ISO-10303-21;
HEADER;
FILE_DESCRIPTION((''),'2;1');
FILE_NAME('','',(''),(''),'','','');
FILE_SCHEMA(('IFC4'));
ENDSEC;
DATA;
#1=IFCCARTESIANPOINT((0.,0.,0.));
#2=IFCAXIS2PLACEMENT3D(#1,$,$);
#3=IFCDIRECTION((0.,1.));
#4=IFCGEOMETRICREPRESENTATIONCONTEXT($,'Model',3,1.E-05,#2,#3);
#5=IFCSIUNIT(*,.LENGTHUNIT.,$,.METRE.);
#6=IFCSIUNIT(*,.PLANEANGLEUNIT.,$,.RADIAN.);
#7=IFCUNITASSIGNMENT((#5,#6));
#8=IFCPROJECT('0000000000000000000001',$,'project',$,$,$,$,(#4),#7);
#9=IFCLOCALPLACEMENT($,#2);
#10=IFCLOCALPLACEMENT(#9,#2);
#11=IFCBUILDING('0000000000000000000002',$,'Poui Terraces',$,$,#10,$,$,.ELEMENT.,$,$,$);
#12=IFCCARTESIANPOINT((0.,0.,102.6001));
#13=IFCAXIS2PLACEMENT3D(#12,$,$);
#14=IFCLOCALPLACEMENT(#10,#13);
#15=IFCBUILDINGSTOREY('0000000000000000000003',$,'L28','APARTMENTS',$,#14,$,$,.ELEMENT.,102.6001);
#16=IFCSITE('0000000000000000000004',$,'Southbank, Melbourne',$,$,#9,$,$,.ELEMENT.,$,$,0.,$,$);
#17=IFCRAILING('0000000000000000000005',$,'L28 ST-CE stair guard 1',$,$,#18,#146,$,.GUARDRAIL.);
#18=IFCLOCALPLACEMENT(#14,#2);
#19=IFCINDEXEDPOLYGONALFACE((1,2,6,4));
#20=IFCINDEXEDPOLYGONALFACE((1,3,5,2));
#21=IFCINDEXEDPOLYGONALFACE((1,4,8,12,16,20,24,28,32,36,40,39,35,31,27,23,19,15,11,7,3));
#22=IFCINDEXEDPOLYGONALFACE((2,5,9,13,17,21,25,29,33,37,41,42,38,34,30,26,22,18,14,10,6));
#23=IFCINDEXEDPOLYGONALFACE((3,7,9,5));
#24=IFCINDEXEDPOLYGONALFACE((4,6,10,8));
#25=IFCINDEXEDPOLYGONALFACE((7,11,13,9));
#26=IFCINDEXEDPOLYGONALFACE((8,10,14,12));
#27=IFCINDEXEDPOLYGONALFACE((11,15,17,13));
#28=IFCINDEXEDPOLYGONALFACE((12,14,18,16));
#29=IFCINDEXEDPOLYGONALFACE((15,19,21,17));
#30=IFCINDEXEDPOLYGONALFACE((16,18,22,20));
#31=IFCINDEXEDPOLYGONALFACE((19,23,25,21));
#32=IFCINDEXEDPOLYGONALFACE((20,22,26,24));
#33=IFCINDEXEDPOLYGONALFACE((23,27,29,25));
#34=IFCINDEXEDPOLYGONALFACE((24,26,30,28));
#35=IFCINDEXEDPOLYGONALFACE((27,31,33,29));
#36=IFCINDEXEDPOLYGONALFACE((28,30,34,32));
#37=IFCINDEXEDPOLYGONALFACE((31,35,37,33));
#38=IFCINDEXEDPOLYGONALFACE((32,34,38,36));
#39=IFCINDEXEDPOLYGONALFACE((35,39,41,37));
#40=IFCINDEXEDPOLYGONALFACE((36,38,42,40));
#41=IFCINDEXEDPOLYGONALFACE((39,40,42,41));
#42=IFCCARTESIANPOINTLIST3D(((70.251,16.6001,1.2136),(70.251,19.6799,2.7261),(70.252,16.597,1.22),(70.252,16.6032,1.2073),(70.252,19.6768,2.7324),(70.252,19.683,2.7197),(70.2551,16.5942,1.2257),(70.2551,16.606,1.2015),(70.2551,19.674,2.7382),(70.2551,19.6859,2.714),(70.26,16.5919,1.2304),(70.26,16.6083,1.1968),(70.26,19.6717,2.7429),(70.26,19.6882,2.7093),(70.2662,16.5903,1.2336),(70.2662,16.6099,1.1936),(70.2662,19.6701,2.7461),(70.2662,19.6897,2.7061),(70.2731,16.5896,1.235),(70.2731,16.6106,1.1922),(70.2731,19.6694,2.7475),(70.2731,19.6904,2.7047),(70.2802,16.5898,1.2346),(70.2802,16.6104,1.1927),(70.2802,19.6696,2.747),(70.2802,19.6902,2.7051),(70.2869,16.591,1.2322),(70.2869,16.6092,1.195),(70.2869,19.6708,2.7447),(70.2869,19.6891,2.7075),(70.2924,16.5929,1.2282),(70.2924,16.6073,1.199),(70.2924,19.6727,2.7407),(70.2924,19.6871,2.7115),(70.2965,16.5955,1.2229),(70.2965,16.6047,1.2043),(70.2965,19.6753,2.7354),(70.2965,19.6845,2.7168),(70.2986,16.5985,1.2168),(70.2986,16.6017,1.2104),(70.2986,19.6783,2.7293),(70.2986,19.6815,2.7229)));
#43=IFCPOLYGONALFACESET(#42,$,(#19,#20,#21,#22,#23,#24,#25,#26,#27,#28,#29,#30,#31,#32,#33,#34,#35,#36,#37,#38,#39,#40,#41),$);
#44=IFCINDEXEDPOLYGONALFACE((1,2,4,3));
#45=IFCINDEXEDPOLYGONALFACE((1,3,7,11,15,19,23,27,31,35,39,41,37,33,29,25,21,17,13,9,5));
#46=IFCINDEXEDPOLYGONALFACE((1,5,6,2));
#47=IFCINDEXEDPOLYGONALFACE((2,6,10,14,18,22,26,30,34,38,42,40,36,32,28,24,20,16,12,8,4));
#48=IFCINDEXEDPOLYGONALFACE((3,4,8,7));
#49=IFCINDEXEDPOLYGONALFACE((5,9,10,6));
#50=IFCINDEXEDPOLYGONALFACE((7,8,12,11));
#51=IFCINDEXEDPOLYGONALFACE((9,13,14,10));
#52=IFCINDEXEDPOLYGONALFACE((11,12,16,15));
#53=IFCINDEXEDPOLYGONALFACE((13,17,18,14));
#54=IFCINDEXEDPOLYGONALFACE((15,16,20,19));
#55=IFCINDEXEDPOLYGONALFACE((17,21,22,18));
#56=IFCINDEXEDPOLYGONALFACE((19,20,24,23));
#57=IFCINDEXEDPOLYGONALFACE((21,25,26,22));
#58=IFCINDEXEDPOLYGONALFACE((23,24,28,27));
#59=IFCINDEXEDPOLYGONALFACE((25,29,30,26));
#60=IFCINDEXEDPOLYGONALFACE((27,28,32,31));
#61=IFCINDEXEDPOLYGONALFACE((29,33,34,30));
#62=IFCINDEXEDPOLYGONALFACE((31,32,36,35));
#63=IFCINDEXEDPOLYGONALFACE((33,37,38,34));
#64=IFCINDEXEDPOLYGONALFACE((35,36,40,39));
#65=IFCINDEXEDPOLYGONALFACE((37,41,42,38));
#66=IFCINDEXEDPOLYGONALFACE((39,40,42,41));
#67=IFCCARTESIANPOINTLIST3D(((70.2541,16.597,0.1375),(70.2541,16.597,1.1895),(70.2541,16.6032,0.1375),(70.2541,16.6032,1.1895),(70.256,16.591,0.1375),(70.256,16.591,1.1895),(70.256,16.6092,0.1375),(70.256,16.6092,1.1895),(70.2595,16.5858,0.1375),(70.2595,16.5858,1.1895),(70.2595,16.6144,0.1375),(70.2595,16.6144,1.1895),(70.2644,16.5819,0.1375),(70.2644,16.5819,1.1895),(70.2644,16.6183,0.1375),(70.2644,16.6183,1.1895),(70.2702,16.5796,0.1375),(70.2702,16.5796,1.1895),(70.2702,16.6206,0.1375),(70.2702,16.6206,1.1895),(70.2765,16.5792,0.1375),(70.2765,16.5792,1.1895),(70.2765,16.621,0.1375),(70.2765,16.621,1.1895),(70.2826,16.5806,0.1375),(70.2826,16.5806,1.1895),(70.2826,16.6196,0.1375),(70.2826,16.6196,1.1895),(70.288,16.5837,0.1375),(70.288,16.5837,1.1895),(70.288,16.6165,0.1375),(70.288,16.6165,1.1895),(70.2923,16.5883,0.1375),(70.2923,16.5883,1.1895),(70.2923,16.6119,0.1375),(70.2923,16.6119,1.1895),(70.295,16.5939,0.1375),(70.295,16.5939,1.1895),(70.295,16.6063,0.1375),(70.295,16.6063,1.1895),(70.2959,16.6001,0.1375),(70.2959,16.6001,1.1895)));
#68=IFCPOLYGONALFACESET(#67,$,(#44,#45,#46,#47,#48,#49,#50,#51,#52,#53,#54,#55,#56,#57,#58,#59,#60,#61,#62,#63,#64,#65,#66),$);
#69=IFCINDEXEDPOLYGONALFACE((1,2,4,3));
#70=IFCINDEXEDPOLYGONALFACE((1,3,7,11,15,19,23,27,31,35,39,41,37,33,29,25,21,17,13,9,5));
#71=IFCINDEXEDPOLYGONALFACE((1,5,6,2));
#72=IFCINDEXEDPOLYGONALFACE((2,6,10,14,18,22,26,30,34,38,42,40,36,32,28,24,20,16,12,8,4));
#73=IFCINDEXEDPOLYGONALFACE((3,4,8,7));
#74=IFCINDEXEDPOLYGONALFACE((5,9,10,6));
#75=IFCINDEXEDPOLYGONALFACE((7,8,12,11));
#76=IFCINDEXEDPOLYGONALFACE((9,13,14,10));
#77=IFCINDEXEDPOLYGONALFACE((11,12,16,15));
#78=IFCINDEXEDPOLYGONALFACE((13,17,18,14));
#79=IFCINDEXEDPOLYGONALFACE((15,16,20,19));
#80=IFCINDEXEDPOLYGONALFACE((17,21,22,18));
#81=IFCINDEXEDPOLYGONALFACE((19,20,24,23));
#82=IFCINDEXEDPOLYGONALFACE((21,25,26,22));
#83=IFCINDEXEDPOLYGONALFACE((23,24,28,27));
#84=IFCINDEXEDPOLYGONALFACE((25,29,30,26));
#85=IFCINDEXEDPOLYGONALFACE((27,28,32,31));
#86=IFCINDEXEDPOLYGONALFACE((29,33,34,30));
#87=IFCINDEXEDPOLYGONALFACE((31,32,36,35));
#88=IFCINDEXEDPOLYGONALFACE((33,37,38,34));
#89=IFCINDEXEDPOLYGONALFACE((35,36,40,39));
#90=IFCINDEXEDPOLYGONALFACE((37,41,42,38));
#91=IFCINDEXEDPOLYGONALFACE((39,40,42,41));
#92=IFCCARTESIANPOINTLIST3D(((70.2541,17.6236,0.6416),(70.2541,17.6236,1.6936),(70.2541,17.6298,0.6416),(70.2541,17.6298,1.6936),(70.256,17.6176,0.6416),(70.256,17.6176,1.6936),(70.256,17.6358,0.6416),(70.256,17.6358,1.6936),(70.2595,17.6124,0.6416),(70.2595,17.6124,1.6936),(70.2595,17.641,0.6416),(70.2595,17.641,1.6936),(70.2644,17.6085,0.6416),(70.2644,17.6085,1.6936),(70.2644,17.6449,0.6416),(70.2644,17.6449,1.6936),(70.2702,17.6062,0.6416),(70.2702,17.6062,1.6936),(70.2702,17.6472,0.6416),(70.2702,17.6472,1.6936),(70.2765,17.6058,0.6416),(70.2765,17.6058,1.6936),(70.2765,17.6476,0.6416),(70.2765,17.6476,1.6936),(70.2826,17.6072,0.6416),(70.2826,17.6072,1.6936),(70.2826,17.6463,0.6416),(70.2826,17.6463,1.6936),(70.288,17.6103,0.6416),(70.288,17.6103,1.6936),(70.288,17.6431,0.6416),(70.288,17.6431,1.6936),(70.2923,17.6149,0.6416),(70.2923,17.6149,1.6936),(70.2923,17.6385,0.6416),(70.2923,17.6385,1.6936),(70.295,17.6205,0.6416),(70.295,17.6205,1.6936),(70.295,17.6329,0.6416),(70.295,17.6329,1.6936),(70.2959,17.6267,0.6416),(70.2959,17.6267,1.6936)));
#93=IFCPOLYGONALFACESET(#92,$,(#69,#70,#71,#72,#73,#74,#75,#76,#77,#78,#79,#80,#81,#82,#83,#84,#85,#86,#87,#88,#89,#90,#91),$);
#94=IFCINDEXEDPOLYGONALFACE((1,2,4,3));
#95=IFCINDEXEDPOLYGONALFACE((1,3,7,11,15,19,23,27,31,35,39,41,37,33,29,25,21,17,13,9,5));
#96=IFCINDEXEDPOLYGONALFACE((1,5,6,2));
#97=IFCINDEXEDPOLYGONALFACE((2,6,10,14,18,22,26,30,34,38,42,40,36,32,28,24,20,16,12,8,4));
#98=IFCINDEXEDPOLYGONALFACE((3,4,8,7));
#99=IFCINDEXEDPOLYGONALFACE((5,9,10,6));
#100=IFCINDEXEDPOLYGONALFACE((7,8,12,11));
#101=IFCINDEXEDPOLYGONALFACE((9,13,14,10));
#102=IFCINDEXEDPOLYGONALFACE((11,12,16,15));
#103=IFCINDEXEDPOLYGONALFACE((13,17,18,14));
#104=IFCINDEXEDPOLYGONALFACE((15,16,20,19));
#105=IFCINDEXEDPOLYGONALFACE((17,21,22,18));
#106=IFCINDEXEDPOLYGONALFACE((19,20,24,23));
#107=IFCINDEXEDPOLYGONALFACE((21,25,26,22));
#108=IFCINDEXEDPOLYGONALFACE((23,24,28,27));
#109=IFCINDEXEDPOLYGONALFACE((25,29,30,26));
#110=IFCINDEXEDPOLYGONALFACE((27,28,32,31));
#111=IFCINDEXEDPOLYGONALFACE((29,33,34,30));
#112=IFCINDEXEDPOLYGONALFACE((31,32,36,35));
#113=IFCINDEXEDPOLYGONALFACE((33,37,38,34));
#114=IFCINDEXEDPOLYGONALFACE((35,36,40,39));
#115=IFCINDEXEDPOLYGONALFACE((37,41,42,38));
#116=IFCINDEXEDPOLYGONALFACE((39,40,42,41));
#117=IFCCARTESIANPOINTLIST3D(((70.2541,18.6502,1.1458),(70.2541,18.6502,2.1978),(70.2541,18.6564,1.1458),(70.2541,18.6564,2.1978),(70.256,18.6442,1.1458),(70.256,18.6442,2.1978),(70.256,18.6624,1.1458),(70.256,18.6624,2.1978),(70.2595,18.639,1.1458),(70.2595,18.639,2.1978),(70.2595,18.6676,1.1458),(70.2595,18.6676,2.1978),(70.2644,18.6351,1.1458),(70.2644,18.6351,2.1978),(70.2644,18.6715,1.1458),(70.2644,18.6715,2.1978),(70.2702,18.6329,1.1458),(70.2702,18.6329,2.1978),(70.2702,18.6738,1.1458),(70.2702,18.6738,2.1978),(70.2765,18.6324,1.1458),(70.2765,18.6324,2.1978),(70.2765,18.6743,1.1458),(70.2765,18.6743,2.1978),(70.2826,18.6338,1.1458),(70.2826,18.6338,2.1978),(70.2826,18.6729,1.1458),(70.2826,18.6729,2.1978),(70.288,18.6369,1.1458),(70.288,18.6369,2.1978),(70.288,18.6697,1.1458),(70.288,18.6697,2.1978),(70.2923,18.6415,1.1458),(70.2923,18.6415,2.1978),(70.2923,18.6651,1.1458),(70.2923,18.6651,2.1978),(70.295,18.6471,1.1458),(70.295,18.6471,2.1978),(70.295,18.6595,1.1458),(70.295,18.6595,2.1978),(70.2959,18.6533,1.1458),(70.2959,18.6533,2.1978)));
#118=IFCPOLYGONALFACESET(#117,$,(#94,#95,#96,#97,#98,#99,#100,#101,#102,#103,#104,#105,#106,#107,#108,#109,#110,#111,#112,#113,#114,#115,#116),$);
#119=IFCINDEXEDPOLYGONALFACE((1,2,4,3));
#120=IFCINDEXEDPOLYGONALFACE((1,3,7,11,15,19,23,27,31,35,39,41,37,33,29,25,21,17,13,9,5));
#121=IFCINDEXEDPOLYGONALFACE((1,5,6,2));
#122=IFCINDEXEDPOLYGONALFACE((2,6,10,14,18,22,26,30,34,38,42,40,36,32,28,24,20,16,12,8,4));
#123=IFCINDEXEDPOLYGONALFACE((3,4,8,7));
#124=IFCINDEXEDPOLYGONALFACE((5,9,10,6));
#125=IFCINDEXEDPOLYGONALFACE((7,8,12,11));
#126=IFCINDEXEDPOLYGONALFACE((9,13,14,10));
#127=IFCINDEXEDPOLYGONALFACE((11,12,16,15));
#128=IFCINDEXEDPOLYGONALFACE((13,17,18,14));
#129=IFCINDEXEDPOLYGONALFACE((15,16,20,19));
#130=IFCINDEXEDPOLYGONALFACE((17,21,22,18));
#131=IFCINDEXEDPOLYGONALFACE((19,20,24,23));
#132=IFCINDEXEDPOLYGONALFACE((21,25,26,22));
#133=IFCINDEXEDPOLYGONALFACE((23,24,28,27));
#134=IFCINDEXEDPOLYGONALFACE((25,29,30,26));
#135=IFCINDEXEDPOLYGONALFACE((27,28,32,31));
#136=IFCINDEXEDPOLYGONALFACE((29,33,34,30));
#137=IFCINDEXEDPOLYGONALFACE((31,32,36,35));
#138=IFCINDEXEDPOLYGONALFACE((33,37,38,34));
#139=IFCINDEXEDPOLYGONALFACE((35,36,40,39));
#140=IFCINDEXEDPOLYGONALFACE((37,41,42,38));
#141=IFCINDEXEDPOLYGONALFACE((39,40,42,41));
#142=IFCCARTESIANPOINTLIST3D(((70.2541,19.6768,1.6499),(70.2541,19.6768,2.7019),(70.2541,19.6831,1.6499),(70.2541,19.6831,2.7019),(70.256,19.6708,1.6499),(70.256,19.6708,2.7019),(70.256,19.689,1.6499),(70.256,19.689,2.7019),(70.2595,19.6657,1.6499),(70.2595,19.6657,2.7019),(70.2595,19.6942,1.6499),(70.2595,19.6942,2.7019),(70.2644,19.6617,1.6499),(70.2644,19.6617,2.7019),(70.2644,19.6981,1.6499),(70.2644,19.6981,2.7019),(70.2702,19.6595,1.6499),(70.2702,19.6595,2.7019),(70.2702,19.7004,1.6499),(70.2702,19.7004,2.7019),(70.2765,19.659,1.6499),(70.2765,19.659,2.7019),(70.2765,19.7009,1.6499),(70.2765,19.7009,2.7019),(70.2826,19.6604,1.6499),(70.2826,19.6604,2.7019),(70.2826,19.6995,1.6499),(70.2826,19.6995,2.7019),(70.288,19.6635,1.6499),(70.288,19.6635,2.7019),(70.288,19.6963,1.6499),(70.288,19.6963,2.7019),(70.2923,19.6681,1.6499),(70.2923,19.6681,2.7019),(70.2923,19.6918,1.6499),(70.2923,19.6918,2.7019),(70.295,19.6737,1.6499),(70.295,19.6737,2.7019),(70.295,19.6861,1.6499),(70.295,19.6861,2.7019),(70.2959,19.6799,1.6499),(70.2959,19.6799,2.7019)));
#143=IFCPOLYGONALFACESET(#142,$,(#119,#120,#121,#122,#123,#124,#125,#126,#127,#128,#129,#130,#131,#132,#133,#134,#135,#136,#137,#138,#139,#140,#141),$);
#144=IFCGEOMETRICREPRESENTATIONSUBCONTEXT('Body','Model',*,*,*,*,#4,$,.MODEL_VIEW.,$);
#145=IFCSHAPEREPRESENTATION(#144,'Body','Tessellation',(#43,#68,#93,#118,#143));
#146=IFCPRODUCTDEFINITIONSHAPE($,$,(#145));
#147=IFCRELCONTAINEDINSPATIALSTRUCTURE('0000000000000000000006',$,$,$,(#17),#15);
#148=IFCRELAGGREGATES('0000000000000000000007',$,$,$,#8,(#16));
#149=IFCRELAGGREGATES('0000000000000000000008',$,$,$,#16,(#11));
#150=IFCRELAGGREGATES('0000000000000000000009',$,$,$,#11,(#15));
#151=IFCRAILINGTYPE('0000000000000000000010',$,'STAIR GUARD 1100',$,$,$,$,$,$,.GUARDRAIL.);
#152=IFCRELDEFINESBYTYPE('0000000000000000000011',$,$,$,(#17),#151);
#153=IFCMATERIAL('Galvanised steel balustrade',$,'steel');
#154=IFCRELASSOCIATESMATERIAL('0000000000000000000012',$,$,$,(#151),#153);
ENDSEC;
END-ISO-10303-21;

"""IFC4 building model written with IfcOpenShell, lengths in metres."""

from ifc_helpers import new_model, si_unit, direction, frame, origin, origin_2d, place, context, subcontext, project, spatial, circle, extrude, material, type_object, element, save


model = new_model("IFC4")

# Units and contexts
model_context = context("Model", 3, precision=1e-05, world=origin(), true_north=direction((0.0, 1.0)))
body_context = subcontext(model_context, "Body", "Model", "MODEL_VIEW")
ifc_project = project(units=[si_unit("LENGTHUNIT", "METRE"), si_unit("PLANEANGLEUNIT", "RADIAN")], contexts=[model_context])

# Site, building, storey
site_placement = place(None, origin())
site = spatial("IfcSite", under=ifc_project, at=site_placement, Name="Southbank, Melbourne", CompositionType="ELEMENT", RefElevation=0.0)
building_placement = place(site_placement, origin())
building = spatial("IfcBuilding", under=site, at=building_placement, Name="Poui Terraces", CompositionType="ELEMENT")
storey_placement = place(building_placement, frame((0.0, 0.0, 102.6001)))
storey = spatial("IfcBuildingStorey", under=building, at=storey_placement, Name="L28", Description="APARTMENTS", CompositionType="ELEMENT", Elevation=102.6001)

# Railing
ifc_material_1 = material(Name="Galvanised steel balustrade", Category="steel")
railing_type_1 = type_object("IfcRailingType", Name="STAIR GUARD 1100", PredefinedType="GUARDRAIL", material=ifc_material_1)
railing_1_placement = place(storey_placement, frame((70.2749, 16.6001, 0.1375)))
element("IfcRailing", 1, at=railing_1_placement, inside=storey, type_object=railing_type_1, Name="L28 ST-CE stair guard 1", PredefinedType="GUARDRAIL", context=body_context, shape_type="SweptSolid", body=[
    extrude(circle(Radius=0.0239, at=origin_2d()), frame((0.0, 0.0, 1.0762), z_axis=(0.0, 0.897606, 0.440798), x_axis=(-1.0, 0.0, 0.0)), (0.0, 0.0, 1.0), 3.4312),
    extrude(circle(Radius=0.021, at=origin_2d()), origin(), (0.0, 0.0, 1.0), 1.052),
    extrude(circle(Radius=0.021, at=origin_2d()), frame((0.0, 1.0266, 0.5042)), (0.0, 0.0, 1.0), 1.052),
    extrude(circle(Radius=0.021, at=origin_2d()), frame((0.0, 2.0532, 1.0083)), (0.0, 0.0, 1.0), 1.052),
    extrude(circle(Radius=0.021, at=origin_2d()), frame((0.0, 3.0798, 1.5125)), (0.0, 0.0, 1.0), 1.052),
])

save(model, "model.ifc")
